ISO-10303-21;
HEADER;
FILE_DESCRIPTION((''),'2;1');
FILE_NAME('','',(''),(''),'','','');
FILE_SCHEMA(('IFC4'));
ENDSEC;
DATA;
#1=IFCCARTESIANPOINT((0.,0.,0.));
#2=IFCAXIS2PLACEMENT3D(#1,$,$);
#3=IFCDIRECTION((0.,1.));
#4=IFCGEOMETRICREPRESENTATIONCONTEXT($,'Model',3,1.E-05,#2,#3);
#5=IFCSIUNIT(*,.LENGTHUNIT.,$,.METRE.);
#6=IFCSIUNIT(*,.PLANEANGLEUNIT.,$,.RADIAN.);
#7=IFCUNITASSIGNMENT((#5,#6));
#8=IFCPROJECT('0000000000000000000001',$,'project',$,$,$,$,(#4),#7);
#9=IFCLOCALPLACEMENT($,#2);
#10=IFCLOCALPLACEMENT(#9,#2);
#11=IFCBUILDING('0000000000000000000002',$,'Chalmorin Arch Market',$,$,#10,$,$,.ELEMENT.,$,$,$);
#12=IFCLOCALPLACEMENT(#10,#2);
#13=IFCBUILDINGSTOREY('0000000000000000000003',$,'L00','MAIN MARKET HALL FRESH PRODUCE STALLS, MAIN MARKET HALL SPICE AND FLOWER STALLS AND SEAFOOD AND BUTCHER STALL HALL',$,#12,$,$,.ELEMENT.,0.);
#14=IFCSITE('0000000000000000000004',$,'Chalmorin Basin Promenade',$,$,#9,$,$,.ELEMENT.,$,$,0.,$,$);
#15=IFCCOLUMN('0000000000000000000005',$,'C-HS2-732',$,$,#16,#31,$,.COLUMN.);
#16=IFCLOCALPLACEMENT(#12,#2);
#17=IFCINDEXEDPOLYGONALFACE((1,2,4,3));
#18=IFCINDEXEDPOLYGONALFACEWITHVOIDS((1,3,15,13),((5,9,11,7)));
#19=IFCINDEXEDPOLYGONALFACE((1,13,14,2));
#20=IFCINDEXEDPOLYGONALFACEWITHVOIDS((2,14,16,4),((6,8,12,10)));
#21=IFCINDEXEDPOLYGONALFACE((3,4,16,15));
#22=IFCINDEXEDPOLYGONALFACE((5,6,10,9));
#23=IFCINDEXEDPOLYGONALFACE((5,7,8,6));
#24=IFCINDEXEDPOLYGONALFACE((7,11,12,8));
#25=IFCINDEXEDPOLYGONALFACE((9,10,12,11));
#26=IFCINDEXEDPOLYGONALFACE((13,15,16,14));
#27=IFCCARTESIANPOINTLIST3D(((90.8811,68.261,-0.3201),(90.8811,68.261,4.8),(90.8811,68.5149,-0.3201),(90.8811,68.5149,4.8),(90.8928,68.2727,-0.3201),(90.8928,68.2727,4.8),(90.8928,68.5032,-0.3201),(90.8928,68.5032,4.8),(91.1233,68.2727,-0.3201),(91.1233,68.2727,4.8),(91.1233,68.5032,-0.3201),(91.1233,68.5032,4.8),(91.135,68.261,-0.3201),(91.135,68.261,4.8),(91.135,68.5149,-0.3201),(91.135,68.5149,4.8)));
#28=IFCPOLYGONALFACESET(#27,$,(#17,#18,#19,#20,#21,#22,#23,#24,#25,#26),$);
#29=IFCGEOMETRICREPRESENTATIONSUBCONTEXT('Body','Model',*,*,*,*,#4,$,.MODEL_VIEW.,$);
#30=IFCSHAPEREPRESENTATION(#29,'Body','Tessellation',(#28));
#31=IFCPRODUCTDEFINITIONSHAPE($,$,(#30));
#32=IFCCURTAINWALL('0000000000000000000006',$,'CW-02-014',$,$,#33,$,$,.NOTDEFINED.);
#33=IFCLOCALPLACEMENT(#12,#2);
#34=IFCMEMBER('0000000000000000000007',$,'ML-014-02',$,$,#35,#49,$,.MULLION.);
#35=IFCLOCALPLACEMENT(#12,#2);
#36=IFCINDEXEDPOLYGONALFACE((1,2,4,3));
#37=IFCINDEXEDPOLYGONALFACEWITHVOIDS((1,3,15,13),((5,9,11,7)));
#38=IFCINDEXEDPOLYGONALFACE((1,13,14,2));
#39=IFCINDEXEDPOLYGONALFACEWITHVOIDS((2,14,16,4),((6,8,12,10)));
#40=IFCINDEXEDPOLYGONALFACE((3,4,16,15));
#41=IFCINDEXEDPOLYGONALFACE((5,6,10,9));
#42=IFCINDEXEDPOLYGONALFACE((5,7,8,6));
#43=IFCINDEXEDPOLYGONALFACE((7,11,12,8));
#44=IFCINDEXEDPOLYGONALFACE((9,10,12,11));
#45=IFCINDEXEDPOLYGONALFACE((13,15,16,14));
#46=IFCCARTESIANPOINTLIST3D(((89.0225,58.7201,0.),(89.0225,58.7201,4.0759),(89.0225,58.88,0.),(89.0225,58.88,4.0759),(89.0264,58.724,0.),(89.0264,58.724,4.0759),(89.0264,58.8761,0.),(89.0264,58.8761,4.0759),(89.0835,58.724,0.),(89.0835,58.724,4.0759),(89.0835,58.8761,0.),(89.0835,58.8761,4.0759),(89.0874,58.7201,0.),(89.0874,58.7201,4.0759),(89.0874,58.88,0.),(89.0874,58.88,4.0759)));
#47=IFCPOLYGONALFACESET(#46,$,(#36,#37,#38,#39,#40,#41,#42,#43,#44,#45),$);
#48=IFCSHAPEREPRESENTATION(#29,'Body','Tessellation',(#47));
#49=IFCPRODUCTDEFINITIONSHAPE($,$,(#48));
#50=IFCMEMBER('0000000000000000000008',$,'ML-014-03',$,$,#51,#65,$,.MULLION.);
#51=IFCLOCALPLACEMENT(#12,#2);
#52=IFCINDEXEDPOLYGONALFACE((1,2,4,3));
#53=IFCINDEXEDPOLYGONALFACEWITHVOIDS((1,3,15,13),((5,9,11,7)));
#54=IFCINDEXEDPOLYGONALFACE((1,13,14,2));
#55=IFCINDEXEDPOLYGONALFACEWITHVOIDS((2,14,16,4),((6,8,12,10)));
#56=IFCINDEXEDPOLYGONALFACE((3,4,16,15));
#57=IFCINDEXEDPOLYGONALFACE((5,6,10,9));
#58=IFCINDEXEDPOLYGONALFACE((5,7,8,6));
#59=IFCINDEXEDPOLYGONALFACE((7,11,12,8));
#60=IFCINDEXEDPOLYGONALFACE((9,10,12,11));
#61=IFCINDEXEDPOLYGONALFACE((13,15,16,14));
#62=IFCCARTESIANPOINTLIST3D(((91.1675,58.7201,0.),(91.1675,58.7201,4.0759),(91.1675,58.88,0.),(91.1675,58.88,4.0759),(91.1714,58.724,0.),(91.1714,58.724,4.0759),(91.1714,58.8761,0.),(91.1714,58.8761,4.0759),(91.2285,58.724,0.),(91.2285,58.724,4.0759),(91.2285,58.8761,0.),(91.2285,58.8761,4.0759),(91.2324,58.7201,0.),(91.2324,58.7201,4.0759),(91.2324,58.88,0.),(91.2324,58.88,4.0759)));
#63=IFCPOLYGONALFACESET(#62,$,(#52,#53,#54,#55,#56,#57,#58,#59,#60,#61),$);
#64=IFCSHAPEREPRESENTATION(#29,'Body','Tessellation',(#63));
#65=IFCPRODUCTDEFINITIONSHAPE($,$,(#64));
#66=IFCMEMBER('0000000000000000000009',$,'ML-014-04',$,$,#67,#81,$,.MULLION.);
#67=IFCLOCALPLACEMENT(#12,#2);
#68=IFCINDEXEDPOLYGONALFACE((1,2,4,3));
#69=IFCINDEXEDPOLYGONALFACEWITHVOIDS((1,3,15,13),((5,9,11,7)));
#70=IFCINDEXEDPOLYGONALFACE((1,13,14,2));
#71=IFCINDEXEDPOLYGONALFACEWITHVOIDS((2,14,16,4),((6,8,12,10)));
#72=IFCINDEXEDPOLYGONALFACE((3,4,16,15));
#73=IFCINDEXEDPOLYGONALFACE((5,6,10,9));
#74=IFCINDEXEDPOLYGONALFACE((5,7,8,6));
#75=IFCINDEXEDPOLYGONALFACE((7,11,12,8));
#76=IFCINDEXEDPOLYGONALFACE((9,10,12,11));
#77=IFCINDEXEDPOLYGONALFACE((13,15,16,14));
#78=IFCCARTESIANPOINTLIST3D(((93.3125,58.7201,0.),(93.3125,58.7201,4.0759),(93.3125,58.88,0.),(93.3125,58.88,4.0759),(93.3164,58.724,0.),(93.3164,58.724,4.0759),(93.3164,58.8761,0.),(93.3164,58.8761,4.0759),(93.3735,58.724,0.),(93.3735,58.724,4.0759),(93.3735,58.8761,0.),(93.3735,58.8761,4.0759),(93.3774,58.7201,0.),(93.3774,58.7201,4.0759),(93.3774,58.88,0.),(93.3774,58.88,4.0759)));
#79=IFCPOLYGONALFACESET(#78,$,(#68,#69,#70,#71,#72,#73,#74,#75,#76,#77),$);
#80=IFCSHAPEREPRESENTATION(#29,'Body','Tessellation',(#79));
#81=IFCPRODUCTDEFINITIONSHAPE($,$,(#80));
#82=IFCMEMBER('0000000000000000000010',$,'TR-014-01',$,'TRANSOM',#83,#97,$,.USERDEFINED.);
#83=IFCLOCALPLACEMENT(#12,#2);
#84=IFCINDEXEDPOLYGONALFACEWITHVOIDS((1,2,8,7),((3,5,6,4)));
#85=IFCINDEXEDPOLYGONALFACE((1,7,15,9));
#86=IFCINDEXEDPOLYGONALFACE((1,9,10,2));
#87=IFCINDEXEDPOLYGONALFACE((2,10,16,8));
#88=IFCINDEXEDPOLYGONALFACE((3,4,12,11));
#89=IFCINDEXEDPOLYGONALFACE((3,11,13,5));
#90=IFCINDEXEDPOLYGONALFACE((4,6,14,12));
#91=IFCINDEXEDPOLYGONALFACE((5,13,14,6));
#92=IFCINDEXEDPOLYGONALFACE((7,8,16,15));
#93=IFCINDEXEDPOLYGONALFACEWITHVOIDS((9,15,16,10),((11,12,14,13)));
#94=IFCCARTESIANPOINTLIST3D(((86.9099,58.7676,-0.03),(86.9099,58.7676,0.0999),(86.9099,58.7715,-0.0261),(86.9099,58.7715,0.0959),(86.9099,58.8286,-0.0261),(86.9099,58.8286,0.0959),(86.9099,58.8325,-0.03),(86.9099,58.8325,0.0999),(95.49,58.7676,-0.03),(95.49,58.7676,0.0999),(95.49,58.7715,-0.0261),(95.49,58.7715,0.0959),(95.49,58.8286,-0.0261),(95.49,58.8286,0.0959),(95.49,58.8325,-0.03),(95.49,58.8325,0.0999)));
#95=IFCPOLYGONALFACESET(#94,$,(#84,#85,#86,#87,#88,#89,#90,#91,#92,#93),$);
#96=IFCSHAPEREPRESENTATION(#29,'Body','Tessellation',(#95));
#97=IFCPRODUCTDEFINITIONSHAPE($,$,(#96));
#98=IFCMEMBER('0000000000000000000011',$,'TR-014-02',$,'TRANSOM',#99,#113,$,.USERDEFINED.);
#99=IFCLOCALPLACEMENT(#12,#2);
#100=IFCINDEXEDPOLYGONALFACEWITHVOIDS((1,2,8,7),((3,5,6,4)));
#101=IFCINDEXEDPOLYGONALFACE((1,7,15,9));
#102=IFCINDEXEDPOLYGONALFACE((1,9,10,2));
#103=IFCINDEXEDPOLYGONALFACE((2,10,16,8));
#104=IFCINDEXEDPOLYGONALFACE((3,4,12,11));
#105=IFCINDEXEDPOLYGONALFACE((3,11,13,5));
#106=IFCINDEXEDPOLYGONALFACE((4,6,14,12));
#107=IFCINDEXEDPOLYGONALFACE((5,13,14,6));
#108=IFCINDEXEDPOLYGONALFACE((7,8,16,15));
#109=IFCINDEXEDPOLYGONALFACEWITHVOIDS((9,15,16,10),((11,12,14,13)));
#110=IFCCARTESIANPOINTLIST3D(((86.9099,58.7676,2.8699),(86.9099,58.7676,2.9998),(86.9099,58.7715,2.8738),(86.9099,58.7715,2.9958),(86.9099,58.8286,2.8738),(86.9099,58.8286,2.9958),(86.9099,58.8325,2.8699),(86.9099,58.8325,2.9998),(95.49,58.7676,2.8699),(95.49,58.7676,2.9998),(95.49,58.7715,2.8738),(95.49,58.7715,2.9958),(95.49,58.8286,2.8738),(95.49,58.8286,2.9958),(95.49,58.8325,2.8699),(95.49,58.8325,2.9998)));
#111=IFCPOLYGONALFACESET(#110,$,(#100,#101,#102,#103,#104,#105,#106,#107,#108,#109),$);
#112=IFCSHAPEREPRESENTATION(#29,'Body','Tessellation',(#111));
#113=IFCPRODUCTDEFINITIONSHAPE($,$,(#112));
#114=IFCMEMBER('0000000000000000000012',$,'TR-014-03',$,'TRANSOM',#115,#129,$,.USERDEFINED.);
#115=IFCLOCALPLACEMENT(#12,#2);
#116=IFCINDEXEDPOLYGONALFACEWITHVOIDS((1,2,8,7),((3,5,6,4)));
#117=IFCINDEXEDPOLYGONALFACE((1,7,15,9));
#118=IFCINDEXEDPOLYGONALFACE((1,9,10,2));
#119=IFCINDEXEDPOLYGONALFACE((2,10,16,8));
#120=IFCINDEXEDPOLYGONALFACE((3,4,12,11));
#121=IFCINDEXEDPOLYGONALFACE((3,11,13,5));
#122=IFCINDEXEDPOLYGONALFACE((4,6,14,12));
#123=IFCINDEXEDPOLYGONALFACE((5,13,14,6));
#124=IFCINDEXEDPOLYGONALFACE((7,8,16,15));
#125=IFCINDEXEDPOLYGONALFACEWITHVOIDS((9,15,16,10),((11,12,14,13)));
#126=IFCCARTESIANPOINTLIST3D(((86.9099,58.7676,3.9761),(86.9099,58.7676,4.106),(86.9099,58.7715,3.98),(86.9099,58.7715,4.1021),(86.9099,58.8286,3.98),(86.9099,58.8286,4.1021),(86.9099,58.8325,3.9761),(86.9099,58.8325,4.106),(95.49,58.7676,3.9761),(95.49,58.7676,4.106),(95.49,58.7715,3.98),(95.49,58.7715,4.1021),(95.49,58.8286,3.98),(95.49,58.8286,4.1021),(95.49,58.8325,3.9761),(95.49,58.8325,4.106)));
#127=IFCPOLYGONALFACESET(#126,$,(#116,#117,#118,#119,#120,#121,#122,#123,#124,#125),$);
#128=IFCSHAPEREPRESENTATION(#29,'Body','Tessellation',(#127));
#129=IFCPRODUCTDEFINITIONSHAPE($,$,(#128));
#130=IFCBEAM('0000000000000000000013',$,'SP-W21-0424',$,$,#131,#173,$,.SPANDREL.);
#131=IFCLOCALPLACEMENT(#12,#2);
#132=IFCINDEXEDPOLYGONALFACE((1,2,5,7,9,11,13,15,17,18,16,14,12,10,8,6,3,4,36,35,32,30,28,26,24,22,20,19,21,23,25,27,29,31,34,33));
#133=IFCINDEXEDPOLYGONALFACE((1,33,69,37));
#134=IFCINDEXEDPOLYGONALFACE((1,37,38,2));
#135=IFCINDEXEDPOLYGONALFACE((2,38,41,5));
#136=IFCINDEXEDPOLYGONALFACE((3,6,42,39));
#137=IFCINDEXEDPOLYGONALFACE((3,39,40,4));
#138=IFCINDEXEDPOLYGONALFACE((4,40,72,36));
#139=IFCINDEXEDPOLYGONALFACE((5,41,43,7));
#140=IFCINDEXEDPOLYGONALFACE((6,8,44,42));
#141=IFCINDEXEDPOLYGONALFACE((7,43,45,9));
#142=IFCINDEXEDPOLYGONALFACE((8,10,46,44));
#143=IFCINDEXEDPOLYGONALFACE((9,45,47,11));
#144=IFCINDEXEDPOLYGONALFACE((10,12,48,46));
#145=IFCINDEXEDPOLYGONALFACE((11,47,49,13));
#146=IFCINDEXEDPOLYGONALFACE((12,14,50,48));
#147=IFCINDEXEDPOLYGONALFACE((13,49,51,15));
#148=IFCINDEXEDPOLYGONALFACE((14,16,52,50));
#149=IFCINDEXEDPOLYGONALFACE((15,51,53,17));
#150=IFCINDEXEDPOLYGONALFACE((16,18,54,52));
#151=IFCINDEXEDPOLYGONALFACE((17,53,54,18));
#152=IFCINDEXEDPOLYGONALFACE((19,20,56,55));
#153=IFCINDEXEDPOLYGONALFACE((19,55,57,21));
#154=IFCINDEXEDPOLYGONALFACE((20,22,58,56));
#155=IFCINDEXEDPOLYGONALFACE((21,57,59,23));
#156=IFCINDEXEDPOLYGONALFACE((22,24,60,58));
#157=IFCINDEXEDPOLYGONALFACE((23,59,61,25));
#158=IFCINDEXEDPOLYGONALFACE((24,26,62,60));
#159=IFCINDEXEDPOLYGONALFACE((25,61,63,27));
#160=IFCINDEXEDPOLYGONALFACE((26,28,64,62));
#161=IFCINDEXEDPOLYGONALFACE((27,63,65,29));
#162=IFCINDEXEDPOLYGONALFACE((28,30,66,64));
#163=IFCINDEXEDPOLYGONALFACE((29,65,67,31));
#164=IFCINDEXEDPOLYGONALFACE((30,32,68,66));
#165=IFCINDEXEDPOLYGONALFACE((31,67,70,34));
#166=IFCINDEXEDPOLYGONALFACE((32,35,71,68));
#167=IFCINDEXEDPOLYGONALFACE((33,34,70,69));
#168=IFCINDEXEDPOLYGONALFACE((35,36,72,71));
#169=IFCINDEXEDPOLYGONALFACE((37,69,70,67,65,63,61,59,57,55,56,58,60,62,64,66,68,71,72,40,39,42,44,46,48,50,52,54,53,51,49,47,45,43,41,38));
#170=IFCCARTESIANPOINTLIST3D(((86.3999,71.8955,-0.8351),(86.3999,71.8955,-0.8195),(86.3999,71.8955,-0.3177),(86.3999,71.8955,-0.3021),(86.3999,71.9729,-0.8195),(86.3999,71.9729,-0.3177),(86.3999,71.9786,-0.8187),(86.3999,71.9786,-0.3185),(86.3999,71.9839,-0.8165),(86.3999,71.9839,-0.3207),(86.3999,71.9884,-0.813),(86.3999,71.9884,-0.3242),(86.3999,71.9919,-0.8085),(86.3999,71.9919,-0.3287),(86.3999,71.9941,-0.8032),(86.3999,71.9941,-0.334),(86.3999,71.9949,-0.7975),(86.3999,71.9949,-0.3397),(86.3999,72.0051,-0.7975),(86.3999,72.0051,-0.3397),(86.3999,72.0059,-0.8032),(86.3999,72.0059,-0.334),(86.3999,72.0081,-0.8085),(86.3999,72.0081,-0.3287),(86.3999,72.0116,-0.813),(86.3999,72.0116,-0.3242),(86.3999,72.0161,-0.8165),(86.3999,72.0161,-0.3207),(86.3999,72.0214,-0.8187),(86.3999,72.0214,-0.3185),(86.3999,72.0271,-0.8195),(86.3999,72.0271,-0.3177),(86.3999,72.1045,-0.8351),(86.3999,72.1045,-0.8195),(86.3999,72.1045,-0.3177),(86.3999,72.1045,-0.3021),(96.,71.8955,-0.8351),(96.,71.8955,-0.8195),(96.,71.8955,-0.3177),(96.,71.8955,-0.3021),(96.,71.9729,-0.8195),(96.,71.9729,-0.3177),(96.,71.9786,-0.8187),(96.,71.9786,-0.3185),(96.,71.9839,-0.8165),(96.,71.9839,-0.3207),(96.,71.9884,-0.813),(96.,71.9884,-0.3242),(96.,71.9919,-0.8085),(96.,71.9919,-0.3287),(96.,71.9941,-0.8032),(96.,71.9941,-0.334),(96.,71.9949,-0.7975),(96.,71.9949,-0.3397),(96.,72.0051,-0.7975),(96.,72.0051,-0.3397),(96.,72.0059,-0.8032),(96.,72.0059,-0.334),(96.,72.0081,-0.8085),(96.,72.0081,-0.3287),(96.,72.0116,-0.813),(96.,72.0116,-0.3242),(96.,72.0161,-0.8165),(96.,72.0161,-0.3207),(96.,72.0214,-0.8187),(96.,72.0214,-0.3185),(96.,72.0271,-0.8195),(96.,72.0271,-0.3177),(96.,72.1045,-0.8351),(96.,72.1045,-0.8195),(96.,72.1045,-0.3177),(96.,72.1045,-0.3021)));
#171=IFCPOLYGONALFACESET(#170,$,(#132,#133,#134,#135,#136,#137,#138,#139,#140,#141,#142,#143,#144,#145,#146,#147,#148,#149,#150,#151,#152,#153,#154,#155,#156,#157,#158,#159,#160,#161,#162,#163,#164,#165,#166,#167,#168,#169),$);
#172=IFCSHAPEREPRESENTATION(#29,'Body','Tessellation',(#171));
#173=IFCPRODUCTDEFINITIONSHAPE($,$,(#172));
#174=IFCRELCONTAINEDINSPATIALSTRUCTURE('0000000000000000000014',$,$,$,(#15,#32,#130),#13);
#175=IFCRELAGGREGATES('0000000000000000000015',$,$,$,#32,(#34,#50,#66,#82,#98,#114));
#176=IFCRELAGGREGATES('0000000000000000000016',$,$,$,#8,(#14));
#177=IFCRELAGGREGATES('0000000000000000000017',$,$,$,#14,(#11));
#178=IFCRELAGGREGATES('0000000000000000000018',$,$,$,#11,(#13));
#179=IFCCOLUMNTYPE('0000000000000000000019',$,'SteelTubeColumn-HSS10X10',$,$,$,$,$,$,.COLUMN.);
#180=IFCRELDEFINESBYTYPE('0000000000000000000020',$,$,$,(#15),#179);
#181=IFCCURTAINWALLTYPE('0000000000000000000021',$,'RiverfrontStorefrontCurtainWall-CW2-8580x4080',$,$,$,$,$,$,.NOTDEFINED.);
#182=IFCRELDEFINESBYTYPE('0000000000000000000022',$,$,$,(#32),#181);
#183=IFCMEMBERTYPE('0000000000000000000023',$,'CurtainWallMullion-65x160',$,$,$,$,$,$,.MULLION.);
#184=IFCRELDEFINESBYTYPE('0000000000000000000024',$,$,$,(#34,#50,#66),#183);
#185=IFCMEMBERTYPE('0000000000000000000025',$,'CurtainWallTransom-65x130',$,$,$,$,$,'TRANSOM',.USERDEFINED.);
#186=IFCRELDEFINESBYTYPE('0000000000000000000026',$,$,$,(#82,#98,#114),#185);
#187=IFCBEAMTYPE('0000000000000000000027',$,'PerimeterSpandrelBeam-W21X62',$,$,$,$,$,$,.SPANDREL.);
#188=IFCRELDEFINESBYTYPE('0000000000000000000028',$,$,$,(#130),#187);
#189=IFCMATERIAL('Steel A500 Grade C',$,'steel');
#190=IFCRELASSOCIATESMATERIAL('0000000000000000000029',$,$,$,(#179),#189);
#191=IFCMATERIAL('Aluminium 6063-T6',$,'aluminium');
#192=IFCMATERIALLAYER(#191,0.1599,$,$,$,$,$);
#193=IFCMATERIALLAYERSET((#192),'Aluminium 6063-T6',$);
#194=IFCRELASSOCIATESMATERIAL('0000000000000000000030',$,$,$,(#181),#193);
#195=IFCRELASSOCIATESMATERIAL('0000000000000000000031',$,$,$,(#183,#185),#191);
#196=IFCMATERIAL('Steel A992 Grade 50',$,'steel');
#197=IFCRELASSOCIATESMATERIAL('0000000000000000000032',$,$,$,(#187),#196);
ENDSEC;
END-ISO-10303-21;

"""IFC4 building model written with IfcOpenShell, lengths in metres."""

from ifc_helpers import new_model, si_unit, direction, frame, origin, origin_2d, place, context, subcontext, project, spatial, hollow_rectangle, i_section, extrude, material, layer, layer_set, material_profile, profile_set, type_object, element, aggregate, save


model = new_model("IFC4")

# Units and contexts
model_context = context("Model", 3, precision=1e-05, world=origin(), true_north=direction((0.0, 1.0)))
body_context = subcontext(model_context, "Body", "Model", "MODEL_VIEW")
ifc_project = project(units=[si_unit("LENGTHUNIT", "METRE"), si_unit("PLANEANGLEUNIT", "RADIAN")], contexts=[model_context])

# Site, building, storey
site_placement = place(None, origin())
site = spatial("IfcSite", under=ifc_project, at=site_placement, Name="Chalmorin Basin Promenade", CompositionType="ELEMENT", RefElevation=0.0)
building_placement = place(site_placement, origin())
building = spatial("IfcBuilding", under=site, at=building_placement, Name="Chalmorin Arch Market", CompositionType="ELEMENT")
storey_placement = place(building_placement, origin())
storey = spatial("IfcBuildingStorey", under=building, at=storey_placement, Name="L00", Description="MAIN MARKET HALL FRESH PRODUCE STALLS, MAIN MARKET HALL SPICE AND FLOWER STALLS AND SEAFOOD AND BUTCHER STALL HALL", CompositionType="ELEMENT", Elevation=0.0)

# Column
ifc_material_1 = material(Name="Steel A500 Grade C", Category="steel")
ifc_material_profile_1 = material_profile(ifc_material_1, hollow_rectangle(XDim=0.2539, YDim=0.2539, WallThickness=0.0117, at=origin_2d()), Name="HSS10X10X1/2")
ifc_profile_set_1 = profile_set([ifc_material_profile_1], Name="Steel A500 Grade C")
column_type = type_object("IfcColumnType", Name="SteelTubeColumn-HSS10X10", PredefinedType="COLUMN", material=ifc_profile_set_1)
column_placement = place(storey_placement, frame((91.0081, 68.3879, -0.3201), z_axis=(0.0, 0.0, 1.0), x_axis=(1.0, 0.0, 0.0)))
element("IfcColumn", 1, at=column_placement, inside=storey, type_object=column_type, Name="C-HS2-732", PredefinedType="COLUMN", context=body_context, shape_type="SweptSolid", body=[
    extrude(hollow_rectangle(XDim=0.2539, YDim=0.2539, WallThickness=0.0117, at=origin_2d()), origin(), (0.0, 0.0, 1.0), 5.1201),
])

# Curtain wall, members
ifc_material_2 = material(Name="Aluminium 6063-T6", Category="aluminium")
ifc_layer_1 = layer(ifc_material_2, 0.1599)
ifc_layer_set_1 = layer_set([ifc_layer_1], Name="Aluminium 6063-T6")
curtain_wall_type = type_object("IfcCurtainWallType", Name="RiverfrontStorefrontCurtainWall-CW2-8580x4080", PredefinedType="NOTDEFINED", material=ifc_layer_set_1)
curtain_wall_placement = place(storey_placement, origin())
curtain_wall = element("IfcCurtainWall", 2, at=curtain_wall_placement, inside=storey, type_object=curtain_wall_type, Name="CW-02-014", PredefinedType="NOTDEFINED")
ifc_material_profile_2 = material_profile(ifc_material_2, hollow_rectangle(XDim=0.0649, YDim=0.1599, WallThickness=0.0039, at=origin_2d()), Name="ALU65X160X4")
ifc_profile_set_2 = profile_set([ifc_material_profile_2], Name="Aluminium 6063-T6")
member_type_1 = type_object("IfcMemberType", Name="CurtainWallMullion-65x160", PredefinedType="MULLION", material=ifc_profile_set_2)
member_1_placement = place(storey_placement, frame((89.0549, 58.8, 0.0), z_axis=(0.0, 0.0, 1.0), x_axis=(1.0, 0.0, 0.0)))
member_1 = element("IfcMember", 3, at=member_1_placement, type_object=member_type_1, Name="ML-014-02", PredefinedType="MULLION", context=body_context, shape_type="SweptSolid", body=[
    extrude(hollow_rectangle(XDim=0.0649, YDim=0.1599, WallThickness=0.0039, at=origin_2d()), origin(), (0.0, 0.0, 1.0), 4.0759),
])
member_2_placement = place(storey_placement, frame((91.2, 58.8, 0.0), z_axis=(0.0, 0.0, 1.0), x_axis=(1.0, 0.0, 0.0)))
member_2 = element("IfcMember", 4, at=member_2_placement, type_object=member_type_1, Name="ML-014-03", PredefinedType="MULLION", context=body_context, shape_type="SweptSolid", body=[
    extrude(hollow_rectangle(XDim=0.0649, YDim=0.1599, WallThickness=0.0039, at=origin_2d()), origin(), (0.0, 0.0, 1.0), 4.0759),
])
member_3_placement = place(storey_placement, frame((93.345, 58.8, 0.0), z_axis=(0.0, 0.0, 1.0), x_axis=(1.0, 0.0, 0.0)))
member_3 = element("IfcMember", 5, at=member_3_placement, type_object=member_type_1, Name="ML-014-04", PredefinedType="MULLION", context=body_context, shape_type="SweptSolid", body=[
    extrude(hollow_rectangle(XDim=0.0649, YDim=0.1599, WallThickness=0.0039, at=origin_2d()), origin(), (0.0, 0.0, 1.0), 4.0759),
])
ifc_material_profile_3 = material_profile(ifc_material_2, hollow_rectangle(XDim=0.0649, YDim=0.1299, WallThickness=0.0039, at=origin_2d()), Name="ALU65X130X4")
ifc_profile_set_3 = profile_set([ifc_material_profile_3], Name="Aluminium 6063-T6")
member_type_2 = type_object("IfcMemberType", Name="CurtainWallTransom-65x130", ElementType="TRANSOM", PredefinedType="USERDEFINED", material=ifc_profile_set_3)
member_4_placement = place(storey_placement, frame((86.9099, 58.8, 0.0349), z_axis=(1.0, 0.0, 0.0), x_axis=(0.0, 1.0, 0.0)))
member_4 = element("IfcMember", 6, at=member_4_placement, type_object=member_type_2, Name="TR-014-01", ObjectType="TRANSOM", PredefinedType="USERDEFINED", context=body_context, shape_type="SweptSolid", body=[
    extrude(hollow_rectangle(XDim=0.0649, YDim=0.1299, WallThickness=0.0039, at=origin_2d()), origin(), (0.0, 0.0, 1.0), 8.5801),
])
member_5_placement = place(storey_placement, frame((86.9099, 58.8, 2.9348), z_axis=(1.0, 0.0, 0.0), x_axis=(0.0, 1.0, 0.0)))
member_5 = element("IfcMember", 7, at=member_5_placement, type_object=member_type_2, Name="TR-014-02", ObjectType="TRANSOM", PredefinedType="USERDEFINED", context=body_context, shape_type="SweptSolid", body=[
    extrude(hollow_rectangle(XDim=0.0649, YDim=0.1299, WallThickness=0.0039, at=origin_2d()), origin(), (0.0, 0.0, 1.0), 8.5801),
])
member_6_placement = place(storey_placement, frame((86.9099, 58.8, 4.041), z_axis=(1.0, 0.0, 0.0), x_axis=(0.0, 1.0, 0.0)))
member_6 = element("IfcMember", 8, at=member_6_placement, type_object=member_type_2, Name="TR-014-03", ObjectType="TRANSOM", PredefinedType="USERDEFINED", context=body_context, shape_type="SweptSolid", body=[
    extrude(hollow_rectangle(XDim=0.0649, YDim=0.1299, WallThickness=0.0039, at=origin_2d()), origin(), (0.0, 0.0, 1.0), 8.5801),
])

# Beam
ifc_material_3 = material(Name="Steel A992 Grade 50", Category="steel")
ifc_material_profile_4 = material_profile(ifc_material_3, i_section(OverallWidth=0.209, OverallDepth=0.533, WebThickness=0.0103, FlangeThickness=0.0156, FilletRadius=0.022, at=origin_2d()), Name="W21X62")
ifc_profile_set_4 = profile_set([ifc_material_profile_4], Name="Steel A992 Grade 50")
beam_type_1 = type_object("IfcBeamType", Name="PerimeterSpandrelBeam-W21X62", PredefinedType="SPANDREL", material=ifc_profile_set_4)
beam_1_placement = place(storey_placement, frame((86.3999, 72.0, -0.5686), z_axis=(1.0, 0.0, 0.0), x_axis=(0.0, 1.0, 0.0)))
element("IfcBeam", 9, at=beam_1_placement, inside=storey, type_object=beam_type_1, Name="SP-W21-0424", PredefinedType="SPANDREL", context=body_context, shape_type="SweptSolid", body=[
    extrude(i_section(OverallWidth=0.209, OverallDepth=0.533, WebThickness=0.0103, FlangeThickness=0.0156, FilletRadius=0.022, at=origin_2d()), origin(), (0.0, 0.0, 1.0), 9.6001),
])

aggregate(curtain_wall, [member_1, member_2, member_3, member_4, member_5, member_6])

save(model, "model.ifc")
